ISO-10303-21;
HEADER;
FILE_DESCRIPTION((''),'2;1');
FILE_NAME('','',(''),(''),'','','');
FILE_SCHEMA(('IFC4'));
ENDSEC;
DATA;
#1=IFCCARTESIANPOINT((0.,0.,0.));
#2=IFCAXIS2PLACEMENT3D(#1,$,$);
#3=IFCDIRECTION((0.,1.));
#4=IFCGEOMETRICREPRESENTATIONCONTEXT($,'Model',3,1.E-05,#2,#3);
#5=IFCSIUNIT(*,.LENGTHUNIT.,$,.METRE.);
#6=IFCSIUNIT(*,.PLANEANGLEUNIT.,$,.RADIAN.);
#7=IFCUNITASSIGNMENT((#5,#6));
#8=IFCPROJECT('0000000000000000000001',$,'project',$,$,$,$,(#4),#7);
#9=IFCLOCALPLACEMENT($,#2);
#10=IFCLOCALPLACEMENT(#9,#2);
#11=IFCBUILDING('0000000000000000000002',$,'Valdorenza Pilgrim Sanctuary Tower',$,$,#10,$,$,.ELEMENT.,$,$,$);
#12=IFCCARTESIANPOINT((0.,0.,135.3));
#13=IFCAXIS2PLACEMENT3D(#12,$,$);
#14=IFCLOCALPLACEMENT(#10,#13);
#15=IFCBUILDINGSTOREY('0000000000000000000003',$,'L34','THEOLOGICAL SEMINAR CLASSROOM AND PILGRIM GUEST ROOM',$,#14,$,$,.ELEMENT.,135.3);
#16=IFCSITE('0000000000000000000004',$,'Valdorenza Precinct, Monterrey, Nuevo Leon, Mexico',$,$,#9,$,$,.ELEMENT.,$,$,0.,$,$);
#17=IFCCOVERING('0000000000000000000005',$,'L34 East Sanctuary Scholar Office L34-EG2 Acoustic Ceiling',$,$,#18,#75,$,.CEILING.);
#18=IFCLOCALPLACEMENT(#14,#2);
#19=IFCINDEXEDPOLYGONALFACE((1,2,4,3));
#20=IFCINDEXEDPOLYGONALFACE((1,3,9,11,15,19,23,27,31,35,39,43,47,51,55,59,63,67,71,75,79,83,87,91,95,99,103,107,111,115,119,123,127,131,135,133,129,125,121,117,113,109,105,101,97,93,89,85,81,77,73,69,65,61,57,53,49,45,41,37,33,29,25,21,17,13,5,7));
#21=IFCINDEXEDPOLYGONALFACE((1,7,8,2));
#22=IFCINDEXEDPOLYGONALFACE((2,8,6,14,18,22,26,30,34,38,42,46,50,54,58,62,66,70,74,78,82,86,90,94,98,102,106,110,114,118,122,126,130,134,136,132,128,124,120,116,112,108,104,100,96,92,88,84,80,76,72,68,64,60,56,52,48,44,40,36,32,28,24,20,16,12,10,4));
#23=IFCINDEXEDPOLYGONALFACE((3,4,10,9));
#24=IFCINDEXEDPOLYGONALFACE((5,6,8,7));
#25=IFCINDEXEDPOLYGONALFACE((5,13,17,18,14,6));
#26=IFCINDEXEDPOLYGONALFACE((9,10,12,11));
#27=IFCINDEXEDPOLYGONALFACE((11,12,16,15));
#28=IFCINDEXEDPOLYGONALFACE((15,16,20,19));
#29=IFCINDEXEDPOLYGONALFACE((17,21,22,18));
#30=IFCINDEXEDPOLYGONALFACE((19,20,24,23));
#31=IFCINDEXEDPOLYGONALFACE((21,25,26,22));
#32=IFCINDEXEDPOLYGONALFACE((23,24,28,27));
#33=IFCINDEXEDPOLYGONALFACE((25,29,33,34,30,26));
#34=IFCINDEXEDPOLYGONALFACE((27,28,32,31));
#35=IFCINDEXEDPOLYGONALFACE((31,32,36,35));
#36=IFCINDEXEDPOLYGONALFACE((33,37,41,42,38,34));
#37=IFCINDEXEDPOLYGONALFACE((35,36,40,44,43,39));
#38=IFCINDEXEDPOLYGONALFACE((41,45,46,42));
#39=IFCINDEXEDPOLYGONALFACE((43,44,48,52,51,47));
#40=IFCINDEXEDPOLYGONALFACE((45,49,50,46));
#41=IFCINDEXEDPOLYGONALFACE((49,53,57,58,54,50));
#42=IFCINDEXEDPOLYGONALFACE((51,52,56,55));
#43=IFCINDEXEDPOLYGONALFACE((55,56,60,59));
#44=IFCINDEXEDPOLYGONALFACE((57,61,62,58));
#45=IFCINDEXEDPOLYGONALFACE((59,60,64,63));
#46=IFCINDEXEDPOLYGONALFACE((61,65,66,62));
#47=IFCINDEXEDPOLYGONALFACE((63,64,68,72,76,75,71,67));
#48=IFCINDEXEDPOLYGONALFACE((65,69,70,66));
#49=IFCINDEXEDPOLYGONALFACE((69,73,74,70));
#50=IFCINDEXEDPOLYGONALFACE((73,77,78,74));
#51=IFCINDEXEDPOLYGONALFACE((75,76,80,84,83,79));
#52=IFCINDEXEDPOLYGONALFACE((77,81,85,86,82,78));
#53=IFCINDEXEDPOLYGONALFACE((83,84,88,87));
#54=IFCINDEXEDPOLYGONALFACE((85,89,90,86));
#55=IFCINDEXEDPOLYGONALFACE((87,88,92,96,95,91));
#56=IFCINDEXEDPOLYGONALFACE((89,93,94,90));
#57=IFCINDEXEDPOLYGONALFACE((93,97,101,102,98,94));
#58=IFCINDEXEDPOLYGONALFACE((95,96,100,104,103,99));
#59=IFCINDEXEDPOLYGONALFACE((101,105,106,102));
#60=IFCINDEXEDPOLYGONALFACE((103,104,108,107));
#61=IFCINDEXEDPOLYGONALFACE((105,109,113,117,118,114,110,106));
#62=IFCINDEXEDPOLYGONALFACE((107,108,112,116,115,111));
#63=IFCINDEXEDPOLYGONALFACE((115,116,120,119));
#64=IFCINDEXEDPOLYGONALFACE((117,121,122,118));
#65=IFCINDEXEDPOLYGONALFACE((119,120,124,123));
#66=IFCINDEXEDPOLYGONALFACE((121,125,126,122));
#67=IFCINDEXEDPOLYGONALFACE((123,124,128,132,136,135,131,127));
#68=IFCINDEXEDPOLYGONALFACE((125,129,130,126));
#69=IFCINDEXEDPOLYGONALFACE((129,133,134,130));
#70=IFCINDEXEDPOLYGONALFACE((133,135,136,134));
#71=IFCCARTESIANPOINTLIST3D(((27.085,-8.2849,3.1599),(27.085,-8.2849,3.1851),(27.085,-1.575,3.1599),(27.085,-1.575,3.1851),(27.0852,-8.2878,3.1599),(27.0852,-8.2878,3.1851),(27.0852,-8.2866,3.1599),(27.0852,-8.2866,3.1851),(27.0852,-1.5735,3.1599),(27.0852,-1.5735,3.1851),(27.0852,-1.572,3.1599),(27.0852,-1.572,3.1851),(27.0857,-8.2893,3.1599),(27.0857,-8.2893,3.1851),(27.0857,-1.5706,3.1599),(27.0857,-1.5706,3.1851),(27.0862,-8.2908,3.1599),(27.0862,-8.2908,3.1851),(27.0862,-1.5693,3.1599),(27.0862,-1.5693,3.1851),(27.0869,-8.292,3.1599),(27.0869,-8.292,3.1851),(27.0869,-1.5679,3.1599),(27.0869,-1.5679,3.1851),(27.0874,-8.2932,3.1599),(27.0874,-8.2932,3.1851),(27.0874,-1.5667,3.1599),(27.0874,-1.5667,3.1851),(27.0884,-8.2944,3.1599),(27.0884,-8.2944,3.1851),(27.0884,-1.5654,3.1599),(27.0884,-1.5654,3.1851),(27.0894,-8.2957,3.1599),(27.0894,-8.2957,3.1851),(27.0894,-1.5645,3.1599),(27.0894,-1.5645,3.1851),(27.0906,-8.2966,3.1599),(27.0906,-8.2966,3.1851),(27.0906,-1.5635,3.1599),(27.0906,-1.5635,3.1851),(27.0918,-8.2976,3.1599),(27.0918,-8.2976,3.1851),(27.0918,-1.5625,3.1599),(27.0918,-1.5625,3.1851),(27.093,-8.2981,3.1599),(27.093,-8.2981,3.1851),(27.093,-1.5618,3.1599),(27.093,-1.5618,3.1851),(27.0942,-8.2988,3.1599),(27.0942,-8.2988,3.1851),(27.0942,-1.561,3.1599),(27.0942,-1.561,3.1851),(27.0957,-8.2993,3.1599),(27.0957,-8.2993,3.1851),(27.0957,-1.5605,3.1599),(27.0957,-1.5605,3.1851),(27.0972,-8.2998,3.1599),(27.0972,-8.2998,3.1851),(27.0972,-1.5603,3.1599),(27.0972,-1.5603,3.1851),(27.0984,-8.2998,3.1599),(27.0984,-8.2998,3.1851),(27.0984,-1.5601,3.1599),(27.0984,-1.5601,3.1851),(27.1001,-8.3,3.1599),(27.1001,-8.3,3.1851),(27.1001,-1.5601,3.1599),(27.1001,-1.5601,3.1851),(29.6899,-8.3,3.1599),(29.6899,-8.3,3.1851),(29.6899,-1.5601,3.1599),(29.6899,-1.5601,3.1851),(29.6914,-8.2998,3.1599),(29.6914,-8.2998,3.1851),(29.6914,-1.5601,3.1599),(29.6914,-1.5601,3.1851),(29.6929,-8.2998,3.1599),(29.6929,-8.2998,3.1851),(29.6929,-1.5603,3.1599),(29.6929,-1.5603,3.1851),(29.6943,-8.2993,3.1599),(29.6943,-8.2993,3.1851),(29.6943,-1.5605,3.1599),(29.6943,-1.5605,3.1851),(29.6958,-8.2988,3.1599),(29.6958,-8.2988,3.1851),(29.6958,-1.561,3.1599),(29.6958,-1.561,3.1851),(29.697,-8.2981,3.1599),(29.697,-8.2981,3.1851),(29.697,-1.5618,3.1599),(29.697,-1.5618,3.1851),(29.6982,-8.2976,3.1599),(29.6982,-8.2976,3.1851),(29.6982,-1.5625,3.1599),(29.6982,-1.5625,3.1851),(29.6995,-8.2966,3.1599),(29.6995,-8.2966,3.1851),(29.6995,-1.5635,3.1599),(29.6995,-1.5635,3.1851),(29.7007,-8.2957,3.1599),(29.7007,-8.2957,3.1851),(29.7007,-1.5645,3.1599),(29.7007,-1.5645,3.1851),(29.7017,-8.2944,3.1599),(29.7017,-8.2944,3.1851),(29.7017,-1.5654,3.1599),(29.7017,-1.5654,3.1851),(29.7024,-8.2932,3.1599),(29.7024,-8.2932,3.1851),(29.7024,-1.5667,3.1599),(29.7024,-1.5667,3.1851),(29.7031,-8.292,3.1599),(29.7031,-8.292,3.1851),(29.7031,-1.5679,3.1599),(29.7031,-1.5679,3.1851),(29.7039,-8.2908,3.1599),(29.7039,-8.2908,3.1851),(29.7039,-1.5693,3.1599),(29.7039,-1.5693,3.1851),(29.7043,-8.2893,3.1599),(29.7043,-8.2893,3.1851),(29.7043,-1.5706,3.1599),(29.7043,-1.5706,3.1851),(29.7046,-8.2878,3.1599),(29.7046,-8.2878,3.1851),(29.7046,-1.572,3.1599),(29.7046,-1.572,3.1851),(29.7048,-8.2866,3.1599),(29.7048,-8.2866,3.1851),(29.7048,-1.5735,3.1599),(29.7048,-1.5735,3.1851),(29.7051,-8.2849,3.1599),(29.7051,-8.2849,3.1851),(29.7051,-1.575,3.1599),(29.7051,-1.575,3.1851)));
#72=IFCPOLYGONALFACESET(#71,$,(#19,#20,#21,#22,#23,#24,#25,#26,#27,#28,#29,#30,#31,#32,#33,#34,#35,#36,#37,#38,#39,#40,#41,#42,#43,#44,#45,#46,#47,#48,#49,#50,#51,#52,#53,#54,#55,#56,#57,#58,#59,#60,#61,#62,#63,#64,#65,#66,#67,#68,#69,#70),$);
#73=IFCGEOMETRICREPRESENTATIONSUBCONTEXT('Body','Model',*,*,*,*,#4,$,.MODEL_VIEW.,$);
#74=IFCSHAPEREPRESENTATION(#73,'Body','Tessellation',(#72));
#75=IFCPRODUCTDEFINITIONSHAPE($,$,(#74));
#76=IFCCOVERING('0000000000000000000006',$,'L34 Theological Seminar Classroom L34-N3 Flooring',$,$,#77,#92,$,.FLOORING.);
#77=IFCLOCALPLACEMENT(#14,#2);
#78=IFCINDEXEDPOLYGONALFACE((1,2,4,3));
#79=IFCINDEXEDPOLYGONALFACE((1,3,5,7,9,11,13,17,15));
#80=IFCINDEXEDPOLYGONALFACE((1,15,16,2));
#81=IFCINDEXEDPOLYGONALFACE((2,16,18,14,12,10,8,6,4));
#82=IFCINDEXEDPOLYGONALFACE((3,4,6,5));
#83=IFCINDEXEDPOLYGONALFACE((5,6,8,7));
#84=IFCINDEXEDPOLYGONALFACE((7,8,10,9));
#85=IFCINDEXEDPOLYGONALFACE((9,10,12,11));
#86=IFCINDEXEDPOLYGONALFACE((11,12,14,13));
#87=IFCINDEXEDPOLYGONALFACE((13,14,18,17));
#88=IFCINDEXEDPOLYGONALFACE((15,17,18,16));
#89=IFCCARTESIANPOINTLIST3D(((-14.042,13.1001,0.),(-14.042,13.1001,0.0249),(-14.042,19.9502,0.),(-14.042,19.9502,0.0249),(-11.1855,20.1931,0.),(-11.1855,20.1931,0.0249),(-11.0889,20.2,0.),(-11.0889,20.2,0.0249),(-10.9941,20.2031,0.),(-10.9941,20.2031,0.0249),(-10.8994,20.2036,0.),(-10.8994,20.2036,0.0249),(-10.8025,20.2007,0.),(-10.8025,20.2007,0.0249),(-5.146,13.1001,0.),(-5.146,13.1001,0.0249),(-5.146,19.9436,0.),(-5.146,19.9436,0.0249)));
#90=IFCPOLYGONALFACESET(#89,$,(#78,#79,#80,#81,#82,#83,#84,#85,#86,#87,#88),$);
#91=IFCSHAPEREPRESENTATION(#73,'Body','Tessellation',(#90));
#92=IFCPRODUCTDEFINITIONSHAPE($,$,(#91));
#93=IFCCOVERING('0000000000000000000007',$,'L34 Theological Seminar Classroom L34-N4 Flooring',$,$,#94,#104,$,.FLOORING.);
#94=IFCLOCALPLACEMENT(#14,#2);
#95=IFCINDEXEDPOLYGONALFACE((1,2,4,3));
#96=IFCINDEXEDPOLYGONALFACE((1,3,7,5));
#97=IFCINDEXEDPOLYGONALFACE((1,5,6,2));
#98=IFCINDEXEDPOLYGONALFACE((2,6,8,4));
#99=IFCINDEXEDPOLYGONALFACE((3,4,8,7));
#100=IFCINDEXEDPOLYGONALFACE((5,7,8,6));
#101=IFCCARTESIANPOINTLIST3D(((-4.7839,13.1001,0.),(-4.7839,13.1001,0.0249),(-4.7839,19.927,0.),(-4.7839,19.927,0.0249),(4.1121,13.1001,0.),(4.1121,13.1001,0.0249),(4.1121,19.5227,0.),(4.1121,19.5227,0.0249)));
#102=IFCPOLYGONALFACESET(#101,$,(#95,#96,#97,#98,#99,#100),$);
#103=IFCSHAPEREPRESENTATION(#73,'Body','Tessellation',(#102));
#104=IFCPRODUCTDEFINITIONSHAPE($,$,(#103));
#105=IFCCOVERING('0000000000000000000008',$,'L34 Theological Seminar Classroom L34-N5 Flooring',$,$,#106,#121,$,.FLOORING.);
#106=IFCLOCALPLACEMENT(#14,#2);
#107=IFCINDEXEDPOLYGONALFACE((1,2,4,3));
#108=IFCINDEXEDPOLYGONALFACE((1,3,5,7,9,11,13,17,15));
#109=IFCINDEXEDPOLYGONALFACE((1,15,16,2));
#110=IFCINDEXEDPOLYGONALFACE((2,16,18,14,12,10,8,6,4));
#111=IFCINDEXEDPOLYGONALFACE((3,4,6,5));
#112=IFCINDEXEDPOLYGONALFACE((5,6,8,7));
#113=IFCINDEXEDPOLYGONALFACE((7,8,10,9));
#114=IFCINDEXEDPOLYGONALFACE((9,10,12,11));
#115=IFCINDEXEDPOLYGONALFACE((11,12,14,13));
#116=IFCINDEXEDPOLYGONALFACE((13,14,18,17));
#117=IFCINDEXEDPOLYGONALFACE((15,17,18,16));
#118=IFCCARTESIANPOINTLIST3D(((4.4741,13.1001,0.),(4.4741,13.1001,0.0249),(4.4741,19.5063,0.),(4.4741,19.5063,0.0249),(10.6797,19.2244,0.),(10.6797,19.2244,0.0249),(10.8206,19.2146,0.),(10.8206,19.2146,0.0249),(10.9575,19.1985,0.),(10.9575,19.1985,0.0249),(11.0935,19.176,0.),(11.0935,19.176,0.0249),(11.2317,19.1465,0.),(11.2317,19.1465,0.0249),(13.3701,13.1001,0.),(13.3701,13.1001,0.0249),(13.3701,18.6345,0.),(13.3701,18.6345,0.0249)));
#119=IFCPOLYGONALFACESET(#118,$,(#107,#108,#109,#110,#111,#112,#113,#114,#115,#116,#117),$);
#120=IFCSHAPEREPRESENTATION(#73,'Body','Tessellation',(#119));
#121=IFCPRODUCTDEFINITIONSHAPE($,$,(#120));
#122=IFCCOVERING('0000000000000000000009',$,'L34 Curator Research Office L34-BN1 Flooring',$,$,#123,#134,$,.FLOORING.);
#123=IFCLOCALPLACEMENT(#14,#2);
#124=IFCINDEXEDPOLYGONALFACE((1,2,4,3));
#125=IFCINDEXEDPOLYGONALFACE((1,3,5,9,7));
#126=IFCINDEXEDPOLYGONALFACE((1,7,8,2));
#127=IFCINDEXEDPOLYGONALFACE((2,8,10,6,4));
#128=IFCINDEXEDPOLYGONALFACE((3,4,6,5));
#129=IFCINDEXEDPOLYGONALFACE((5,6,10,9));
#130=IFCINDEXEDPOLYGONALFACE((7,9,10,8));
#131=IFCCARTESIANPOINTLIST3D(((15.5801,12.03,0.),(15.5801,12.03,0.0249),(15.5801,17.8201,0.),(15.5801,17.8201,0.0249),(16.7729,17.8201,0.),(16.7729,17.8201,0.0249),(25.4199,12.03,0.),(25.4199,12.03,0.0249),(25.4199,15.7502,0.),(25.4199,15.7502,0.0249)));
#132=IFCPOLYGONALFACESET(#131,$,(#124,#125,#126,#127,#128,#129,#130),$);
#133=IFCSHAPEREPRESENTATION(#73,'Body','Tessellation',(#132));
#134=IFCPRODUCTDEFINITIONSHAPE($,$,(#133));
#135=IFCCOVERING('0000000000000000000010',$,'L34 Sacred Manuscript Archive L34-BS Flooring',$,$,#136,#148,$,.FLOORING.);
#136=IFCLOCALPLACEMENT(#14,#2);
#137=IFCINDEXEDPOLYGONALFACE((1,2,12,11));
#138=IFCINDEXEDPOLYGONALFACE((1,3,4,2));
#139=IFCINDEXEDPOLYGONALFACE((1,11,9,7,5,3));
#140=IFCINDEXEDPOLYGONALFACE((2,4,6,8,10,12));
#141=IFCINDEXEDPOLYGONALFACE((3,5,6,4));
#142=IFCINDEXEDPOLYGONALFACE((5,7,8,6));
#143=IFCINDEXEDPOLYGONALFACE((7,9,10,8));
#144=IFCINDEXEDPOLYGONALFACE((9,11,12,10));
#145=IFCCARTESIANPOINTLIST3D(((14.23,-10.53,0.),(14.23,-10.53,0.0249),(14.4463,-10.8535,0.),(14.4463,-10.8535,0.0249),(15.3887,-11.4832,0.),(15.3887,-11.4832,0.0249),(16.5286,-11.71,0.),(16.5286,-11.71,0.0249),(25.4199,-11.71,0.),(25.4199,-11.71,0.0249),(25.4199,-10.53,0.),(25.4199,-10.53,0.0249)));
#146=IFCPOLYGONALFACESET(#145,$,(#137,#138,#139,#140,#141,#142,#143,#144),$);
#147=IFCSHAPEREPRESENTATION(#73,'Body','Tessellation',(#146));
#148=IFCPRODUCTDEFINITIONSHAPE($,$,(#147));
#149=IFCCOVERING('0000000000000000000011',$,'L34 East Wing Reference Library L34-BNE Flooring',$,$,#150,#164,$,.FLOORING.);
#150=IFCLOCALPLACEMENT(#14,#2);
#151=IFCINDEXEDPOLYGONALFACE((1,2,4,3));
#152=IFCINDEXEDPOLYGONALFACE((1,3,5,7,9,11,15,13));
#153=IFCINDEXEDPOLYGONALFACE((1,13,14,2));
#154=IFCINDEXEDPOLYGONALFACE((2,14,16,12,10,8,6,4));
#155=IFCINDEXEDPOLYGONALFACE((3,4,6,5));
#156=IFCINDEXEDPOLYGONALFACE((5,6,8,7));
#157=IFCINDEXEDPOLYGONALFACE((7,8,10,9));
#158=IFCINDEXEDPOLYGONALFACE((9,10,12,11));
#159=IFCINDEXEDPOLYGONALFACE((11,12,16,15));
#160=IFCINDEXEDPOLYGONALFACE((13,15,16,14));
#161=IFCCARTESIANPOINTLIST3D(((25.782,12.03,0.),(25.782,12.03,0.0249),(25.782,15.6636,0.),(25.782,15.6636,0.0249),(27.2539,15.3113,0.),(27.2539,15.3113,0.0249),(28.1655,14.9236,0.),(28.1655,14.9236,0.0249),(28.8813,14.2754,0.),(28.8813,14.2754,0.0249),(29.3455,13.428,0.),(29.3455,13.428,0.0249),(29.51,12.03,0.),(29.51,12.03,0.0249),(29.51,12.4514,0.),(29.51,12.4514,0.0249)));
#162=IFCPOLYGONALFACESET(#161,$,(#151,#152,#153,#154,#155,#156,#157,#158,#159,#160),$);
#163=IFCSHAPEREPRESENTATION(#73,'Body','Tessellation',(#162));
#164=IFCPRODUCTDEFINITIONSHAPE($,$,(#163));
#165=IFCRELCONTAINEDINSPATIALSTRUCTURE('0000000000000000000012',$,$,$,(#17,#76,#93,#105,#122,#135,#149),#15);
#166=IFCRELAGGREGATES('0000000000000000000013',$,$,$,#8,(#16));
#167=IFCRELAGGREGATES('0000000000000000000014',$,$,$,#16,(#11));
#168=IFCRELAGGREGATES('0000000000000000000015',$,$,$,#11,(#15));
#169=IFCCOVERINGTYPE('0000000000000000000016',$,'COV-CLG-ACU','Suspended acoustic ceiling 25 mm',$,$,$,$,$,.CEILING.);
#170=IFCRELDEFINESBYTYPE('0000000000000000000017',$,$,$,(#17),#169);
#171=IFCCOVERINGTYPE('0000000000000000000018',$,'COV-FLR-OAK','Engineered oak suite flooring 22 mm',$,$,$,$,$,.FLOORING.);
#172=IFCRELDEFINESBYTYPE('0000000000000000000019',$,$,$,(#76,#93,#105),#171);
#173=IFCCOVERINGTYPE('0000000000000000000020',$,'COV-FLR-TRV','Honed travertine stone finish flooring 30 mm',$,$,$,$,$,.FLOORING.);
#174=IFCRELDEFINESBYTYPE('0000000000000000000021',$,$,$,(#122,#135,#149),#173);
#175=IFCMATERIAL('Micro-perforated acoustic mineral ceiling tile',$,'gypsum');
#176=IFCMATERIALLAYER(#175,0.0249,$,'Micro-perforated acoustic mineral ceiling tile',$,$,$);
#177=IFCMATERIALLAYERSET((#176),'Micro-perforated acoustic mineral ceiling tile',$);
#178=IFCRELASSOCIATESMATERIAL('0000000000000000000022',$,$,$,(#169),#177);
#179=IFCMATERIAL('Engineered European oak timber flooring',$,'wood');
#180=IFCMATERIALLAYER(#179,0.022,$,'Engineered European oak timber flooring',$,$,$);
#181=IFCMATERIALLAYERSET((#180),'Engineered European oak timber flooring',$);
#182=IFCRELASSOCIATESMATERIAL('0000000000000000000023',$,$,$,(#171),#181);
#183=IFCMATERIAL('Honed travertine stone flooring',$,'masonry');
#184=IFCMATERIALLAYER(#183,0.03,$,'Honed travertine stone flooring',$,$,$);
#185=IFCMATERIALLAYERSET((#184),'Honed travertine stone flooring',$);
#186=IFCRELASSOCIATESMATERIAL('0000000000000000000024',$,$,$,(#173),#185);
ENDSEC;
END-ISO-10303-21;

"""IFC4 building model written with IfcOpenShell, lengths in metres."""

from ifc_helpers import new_model, si_unit, direction, frame, origin, place, context, subcontext, project, spatial, polyline, outline, extrude, material, layer, layer_set, type_object, element, save


model = new_model("IFC4")

# Units and contexts
model_context = context("Model", 3, precision=1e-05, world=origin(), true_north=direction((0.0, 1.0)))
body_context = subcontext(model_context, "Body", "Model", "MODEL_VIEW")
ifc_project = project(units=[si_unit("LENGTHUNIT", "METRE"), si_unit("PLANEANGLEUNIT", "RADIAN")], contexts=[model_context])

# Site, building, storey
site_placement = place(None, origin())
site = spatial("IfcSite", under=ifc_project, at=site_placement, Name="Valdorenza Precinct, Monterrey, Nuevo Leon, Mexico", CompositionType="ELEMENT", RefElevation=0.0)
building_placement = place(site_placement, origin())
building = spatial("IfcBuilding", under=site, at=building_placement, Name="Valdorenza Pilgrim Sanctuary Tower", CompositionType="ELEMENT")
storey_placement = place(building_placement, frame((0.0, 0.0, 135.3)))
storey = spatial("IfcBuildingStorey", under=building, at=storey_placement, Name="L34", Description="THEOLOGICAL SEMINAR CLASSROOM AND PILGRIM GUEST ROOM", CompositionType="ELEMENT", Elevation=135.3)

# Coverings
ifc_material_1 = material(Name="Micro-perforated acoustic mineral ceiling tile", Category="gypsum")
ifc_layer_1 = layer(ifc_material_1, 0.0249, Name="Micro-perforated acoustic mineral ceiling tile")
ifc_layer_set_1 = layer_set([ifc_layer_1], Name="Micro-perforated acoustic mineral ceiling tile")
covering_type_1 = type_object("IfcCoveringType", Name="COV-CLG-ACU", Description="Suspended acoustic ceiling 25 mm", PredefinedType="CEILING", material=ifc_layer_set_1)
covering_1_placement = place(storey_placement, frame((0.0, 0.0, 3.1599)))
element("IfcCovering", 1, at=covering_1_placement, inside=storey, type_object=covering_type_1, Name="L34 East Sanctuary Scholar Office L34-EG2 Acoustic Ceiling", PredefinedType="CEILING", context=body_context, shape_type="SweptSolid", body=[
    extrude(outline(polyline([(27.085, -1.575), (27.0852, -1.5735), (27.0852, -1.572), (27.0857, -1.5706), (27.0862, -1.5693), (27.0869, -1.5679), (27.0874, -1.5667), (27.0884, -1.5654), (27.0894, -1.5645), (27.0906, -1.5635), (27.0918, -1.5625), (27.093, -1.5618), (27.0942, -1.561), (27.0957, -1.5605), (27.0972, -1.5603), (27.0984, -1.5601), (27.1001, -1.5601), (29.6899, -1.5601), (29.6914, -1.5601), (29.6929, -1.5603), (29.6943, -1.5605), (29.6958, -1.561), (29.697, -1.5618), (29.6982, -1.5625), (29.6995, -1.5635), (29.7007, -1.5645), (29.7017, -1.5654), (29.7024, -1.5667), (29.7031, -1.5679), (29.7039, -1.5693), (29.7043, -1.5706), (29.7046, -1.572), (29.7048, -1.5735), (29.7051, -1.575), (29.7051, -8.2849), (29.7048, -8.2866), (29.7046, -8.2878), (29.7043, -8.2893), (29.7039, -8.2908), (29.7031, -8.292), (29.7024, -8.2932), (29.7017, -8.2944), (29.7007, -8.2957), (29.6995, -8.2966), (29.6982, -8.2976), (29.697, -8.2981), (29.6958, -8.2988), (29.6943, -8.2993), (29.6929, -8.2998), (29.6914, -8.2998), (29.6899, -8.3), (27.1001, -8.3), (27.0984, -8.2998), (27.0972, -8.2998), (27.0957, -8.2993), (27.0942, -8.2988), (27.093, -8.2981), (27.0918, -8.2976), (27.0906, -8.2966), (27.0894, -8.2957), (27.0884, -8.2944), (27.0874, -8.2932), (27.0869, -8.292), (27.0862, -8.2908), (27.0857, -8.2893), (27.0852, -8.2878), (27.0852, -8.2866), (27.085, -8.2849), (27.085, -1.575)])), origin(), (0.0, 0.0, 1.0), 0.0251),
])
ifc_material_2 = material(Name="Engineered European oak timber flooring", Category="wood")
ifc_layer_2 = layer(ifc_material_2, 0.022, Name="Engineered European oak timber flooring")
ifc_layer_set_2 = layer_set([ifc_layer_2], Name="Engineered European oak timber flooring")
covering_type_2 = type_object("IfcCoveringType", Name="COV-FLR-OAK", Description="Engineered oak suite flooring 22 mm", PredefinedType="FLOORING", material=ifc_layer_set_2)
covering_2_placement = place(storey_placement, origin())
element("IfcCovering", 2, at=covering_2_placement, inside=storey, type_object=covering_type_2, Name="L34 Theological Seminar Classroom L34-N3 Flooring", PredefinedType="FLOORING", context=body_context, shape_type="SweptSolid", body=[
    extrude(outline(polyline([(-14.042, 13.1001), (-14.042, 19.9502), (-11.1855, 20.1931), (-11.0889, 20.2), (-10.9941, 20.2031), (-10.8994, 20.2036), (-10.8025, 20.2007), (-5.146, 19.9436), (-5.146, 13.1001), (-14.042, 13.1001)])), origin(), (0.0, 0.0, 1.0), 0.0249),
])
covering_3_placement = place(storey_placement, origin())
element("IfcCovering", 3, at=covering_3_placement, inside=storey, type_object=covering_type_2, Name="L34 Theological Seminar Classroom L34-N4 Flooring", PredefinedType="FLOORING", context=body_context, shape_type="SweptSolid", body=[
    extrude(outline(polyline([(-4.7839, 13.1001), (-4.7839, 19.927), (4.1121, 19.5227), (4.1121, 13.1001), (-4.7839, 13.1001)])), origin(), (0.0, 0.0, 1.0), 0.0249),
])
covering_4_placement = place(storey_placement, origin())
element("IfcCovering", 4, at=covering_4_placement, inside=storey, type_object=covering_type_2, Name="L34 Theological Seminar Classroom L34-N5 Flooring", PredefinedType="FLOORING", context=body_context, shape_type="SweptSolid", body=[
    extrude(outline(polyline([(4.4741, 13.1001), (4.4741, 19.5063), (10.6797, 19.2244), (10.8206, 19.2146), (10.9575, 19.1985), (11.0935, 19.176), (11.2317, 19.1465), (13.3701, 18.6345), (13.3701, 13.1001), (4.4741, 13.1001)])), origin(), (0.0, 0.0, 1.0), 0.0249),
])
ifc_material_3 = material(Name="Honed travertine stone flooring", Category="masonry")
ifc_layer_3 = layer(ifc_material_3, 0.03, Name="Honed travertine stone flooring")
ifc_layer_set_3 = layer_set([ifc_layer_3], Name="Honed travertine stone flooring")
covering_type_3 = type_object("IfcCoveringType", Name="COV-FLR-TRV", Description="Honed travertine stone finish flooring 30 mm", PredefinedType="FLOORING", material=ifc_layer_set_3)
covering_5_placement = place(storey_placement, origin())
element("IfcCovering", 5, at=covering_5_placement, inside=storey, type_object=covering_type_3, Name="L34 Curator Research Office L34-BN1 Flooring", PredefinedType="FLOORING", context=body_context, shape_type="SweptSolid", body=[
    extrude(outline(polyline([(15.5801, 12.03), (15.5801, 17.8201), (16.7729, 17.8201), (25.4199, 15.7502), (25.4199, 12.03), (15.5801, 12.03)])), origin(), (0.0, 0.0, 1.0), 0.0249),
])
covering_6_placement = place(storey_placement, origin())
element("IfcCovering", 6, at=covering_6_placement, inside=storey, type_object=covering_type_3, Name="L34 Sacred Manuscript Archive L34-BS Flooring", PredefinedType="FLOORING", context=body_context, shape_type="SweptSolid", body=[
    extrude(outline(polyline([(25.4199, -11.71), (16.5286, -11.71), (15.3887, -11.4832), (14.4463, -10.8535), (14.23, -10.53), (25.4199, -10.53), (25.4199, -11.71)])), origin(), (0.0, 0.0, 1.0), 0.0249),
])
covering_7_placement = place(storey_placement, origin())
element("IfcCovering", 7, at=covering_7_placement, inside=storey, type_object=covering_type_3, Name="L34 East Wing Reference Library L34-BNE Flooring", PredefinedType="FLOORING", context=body_context, shape_type="SweptSolid", body=[
    extrude(outline(polyline([(27.2539, 15.3113), (28.1655, 14.9236), (28.8813, 14.2754), (29.3455, 13.428), (29.51, 12.4514), (29.51, 12.03), (25.782, 12.03), (25.782, 15.6636), (27.2539, 15.3113)])), origin(), (0.0, 0.0, 1.0), 0.0249),
])

save(model, "model.ifc")
